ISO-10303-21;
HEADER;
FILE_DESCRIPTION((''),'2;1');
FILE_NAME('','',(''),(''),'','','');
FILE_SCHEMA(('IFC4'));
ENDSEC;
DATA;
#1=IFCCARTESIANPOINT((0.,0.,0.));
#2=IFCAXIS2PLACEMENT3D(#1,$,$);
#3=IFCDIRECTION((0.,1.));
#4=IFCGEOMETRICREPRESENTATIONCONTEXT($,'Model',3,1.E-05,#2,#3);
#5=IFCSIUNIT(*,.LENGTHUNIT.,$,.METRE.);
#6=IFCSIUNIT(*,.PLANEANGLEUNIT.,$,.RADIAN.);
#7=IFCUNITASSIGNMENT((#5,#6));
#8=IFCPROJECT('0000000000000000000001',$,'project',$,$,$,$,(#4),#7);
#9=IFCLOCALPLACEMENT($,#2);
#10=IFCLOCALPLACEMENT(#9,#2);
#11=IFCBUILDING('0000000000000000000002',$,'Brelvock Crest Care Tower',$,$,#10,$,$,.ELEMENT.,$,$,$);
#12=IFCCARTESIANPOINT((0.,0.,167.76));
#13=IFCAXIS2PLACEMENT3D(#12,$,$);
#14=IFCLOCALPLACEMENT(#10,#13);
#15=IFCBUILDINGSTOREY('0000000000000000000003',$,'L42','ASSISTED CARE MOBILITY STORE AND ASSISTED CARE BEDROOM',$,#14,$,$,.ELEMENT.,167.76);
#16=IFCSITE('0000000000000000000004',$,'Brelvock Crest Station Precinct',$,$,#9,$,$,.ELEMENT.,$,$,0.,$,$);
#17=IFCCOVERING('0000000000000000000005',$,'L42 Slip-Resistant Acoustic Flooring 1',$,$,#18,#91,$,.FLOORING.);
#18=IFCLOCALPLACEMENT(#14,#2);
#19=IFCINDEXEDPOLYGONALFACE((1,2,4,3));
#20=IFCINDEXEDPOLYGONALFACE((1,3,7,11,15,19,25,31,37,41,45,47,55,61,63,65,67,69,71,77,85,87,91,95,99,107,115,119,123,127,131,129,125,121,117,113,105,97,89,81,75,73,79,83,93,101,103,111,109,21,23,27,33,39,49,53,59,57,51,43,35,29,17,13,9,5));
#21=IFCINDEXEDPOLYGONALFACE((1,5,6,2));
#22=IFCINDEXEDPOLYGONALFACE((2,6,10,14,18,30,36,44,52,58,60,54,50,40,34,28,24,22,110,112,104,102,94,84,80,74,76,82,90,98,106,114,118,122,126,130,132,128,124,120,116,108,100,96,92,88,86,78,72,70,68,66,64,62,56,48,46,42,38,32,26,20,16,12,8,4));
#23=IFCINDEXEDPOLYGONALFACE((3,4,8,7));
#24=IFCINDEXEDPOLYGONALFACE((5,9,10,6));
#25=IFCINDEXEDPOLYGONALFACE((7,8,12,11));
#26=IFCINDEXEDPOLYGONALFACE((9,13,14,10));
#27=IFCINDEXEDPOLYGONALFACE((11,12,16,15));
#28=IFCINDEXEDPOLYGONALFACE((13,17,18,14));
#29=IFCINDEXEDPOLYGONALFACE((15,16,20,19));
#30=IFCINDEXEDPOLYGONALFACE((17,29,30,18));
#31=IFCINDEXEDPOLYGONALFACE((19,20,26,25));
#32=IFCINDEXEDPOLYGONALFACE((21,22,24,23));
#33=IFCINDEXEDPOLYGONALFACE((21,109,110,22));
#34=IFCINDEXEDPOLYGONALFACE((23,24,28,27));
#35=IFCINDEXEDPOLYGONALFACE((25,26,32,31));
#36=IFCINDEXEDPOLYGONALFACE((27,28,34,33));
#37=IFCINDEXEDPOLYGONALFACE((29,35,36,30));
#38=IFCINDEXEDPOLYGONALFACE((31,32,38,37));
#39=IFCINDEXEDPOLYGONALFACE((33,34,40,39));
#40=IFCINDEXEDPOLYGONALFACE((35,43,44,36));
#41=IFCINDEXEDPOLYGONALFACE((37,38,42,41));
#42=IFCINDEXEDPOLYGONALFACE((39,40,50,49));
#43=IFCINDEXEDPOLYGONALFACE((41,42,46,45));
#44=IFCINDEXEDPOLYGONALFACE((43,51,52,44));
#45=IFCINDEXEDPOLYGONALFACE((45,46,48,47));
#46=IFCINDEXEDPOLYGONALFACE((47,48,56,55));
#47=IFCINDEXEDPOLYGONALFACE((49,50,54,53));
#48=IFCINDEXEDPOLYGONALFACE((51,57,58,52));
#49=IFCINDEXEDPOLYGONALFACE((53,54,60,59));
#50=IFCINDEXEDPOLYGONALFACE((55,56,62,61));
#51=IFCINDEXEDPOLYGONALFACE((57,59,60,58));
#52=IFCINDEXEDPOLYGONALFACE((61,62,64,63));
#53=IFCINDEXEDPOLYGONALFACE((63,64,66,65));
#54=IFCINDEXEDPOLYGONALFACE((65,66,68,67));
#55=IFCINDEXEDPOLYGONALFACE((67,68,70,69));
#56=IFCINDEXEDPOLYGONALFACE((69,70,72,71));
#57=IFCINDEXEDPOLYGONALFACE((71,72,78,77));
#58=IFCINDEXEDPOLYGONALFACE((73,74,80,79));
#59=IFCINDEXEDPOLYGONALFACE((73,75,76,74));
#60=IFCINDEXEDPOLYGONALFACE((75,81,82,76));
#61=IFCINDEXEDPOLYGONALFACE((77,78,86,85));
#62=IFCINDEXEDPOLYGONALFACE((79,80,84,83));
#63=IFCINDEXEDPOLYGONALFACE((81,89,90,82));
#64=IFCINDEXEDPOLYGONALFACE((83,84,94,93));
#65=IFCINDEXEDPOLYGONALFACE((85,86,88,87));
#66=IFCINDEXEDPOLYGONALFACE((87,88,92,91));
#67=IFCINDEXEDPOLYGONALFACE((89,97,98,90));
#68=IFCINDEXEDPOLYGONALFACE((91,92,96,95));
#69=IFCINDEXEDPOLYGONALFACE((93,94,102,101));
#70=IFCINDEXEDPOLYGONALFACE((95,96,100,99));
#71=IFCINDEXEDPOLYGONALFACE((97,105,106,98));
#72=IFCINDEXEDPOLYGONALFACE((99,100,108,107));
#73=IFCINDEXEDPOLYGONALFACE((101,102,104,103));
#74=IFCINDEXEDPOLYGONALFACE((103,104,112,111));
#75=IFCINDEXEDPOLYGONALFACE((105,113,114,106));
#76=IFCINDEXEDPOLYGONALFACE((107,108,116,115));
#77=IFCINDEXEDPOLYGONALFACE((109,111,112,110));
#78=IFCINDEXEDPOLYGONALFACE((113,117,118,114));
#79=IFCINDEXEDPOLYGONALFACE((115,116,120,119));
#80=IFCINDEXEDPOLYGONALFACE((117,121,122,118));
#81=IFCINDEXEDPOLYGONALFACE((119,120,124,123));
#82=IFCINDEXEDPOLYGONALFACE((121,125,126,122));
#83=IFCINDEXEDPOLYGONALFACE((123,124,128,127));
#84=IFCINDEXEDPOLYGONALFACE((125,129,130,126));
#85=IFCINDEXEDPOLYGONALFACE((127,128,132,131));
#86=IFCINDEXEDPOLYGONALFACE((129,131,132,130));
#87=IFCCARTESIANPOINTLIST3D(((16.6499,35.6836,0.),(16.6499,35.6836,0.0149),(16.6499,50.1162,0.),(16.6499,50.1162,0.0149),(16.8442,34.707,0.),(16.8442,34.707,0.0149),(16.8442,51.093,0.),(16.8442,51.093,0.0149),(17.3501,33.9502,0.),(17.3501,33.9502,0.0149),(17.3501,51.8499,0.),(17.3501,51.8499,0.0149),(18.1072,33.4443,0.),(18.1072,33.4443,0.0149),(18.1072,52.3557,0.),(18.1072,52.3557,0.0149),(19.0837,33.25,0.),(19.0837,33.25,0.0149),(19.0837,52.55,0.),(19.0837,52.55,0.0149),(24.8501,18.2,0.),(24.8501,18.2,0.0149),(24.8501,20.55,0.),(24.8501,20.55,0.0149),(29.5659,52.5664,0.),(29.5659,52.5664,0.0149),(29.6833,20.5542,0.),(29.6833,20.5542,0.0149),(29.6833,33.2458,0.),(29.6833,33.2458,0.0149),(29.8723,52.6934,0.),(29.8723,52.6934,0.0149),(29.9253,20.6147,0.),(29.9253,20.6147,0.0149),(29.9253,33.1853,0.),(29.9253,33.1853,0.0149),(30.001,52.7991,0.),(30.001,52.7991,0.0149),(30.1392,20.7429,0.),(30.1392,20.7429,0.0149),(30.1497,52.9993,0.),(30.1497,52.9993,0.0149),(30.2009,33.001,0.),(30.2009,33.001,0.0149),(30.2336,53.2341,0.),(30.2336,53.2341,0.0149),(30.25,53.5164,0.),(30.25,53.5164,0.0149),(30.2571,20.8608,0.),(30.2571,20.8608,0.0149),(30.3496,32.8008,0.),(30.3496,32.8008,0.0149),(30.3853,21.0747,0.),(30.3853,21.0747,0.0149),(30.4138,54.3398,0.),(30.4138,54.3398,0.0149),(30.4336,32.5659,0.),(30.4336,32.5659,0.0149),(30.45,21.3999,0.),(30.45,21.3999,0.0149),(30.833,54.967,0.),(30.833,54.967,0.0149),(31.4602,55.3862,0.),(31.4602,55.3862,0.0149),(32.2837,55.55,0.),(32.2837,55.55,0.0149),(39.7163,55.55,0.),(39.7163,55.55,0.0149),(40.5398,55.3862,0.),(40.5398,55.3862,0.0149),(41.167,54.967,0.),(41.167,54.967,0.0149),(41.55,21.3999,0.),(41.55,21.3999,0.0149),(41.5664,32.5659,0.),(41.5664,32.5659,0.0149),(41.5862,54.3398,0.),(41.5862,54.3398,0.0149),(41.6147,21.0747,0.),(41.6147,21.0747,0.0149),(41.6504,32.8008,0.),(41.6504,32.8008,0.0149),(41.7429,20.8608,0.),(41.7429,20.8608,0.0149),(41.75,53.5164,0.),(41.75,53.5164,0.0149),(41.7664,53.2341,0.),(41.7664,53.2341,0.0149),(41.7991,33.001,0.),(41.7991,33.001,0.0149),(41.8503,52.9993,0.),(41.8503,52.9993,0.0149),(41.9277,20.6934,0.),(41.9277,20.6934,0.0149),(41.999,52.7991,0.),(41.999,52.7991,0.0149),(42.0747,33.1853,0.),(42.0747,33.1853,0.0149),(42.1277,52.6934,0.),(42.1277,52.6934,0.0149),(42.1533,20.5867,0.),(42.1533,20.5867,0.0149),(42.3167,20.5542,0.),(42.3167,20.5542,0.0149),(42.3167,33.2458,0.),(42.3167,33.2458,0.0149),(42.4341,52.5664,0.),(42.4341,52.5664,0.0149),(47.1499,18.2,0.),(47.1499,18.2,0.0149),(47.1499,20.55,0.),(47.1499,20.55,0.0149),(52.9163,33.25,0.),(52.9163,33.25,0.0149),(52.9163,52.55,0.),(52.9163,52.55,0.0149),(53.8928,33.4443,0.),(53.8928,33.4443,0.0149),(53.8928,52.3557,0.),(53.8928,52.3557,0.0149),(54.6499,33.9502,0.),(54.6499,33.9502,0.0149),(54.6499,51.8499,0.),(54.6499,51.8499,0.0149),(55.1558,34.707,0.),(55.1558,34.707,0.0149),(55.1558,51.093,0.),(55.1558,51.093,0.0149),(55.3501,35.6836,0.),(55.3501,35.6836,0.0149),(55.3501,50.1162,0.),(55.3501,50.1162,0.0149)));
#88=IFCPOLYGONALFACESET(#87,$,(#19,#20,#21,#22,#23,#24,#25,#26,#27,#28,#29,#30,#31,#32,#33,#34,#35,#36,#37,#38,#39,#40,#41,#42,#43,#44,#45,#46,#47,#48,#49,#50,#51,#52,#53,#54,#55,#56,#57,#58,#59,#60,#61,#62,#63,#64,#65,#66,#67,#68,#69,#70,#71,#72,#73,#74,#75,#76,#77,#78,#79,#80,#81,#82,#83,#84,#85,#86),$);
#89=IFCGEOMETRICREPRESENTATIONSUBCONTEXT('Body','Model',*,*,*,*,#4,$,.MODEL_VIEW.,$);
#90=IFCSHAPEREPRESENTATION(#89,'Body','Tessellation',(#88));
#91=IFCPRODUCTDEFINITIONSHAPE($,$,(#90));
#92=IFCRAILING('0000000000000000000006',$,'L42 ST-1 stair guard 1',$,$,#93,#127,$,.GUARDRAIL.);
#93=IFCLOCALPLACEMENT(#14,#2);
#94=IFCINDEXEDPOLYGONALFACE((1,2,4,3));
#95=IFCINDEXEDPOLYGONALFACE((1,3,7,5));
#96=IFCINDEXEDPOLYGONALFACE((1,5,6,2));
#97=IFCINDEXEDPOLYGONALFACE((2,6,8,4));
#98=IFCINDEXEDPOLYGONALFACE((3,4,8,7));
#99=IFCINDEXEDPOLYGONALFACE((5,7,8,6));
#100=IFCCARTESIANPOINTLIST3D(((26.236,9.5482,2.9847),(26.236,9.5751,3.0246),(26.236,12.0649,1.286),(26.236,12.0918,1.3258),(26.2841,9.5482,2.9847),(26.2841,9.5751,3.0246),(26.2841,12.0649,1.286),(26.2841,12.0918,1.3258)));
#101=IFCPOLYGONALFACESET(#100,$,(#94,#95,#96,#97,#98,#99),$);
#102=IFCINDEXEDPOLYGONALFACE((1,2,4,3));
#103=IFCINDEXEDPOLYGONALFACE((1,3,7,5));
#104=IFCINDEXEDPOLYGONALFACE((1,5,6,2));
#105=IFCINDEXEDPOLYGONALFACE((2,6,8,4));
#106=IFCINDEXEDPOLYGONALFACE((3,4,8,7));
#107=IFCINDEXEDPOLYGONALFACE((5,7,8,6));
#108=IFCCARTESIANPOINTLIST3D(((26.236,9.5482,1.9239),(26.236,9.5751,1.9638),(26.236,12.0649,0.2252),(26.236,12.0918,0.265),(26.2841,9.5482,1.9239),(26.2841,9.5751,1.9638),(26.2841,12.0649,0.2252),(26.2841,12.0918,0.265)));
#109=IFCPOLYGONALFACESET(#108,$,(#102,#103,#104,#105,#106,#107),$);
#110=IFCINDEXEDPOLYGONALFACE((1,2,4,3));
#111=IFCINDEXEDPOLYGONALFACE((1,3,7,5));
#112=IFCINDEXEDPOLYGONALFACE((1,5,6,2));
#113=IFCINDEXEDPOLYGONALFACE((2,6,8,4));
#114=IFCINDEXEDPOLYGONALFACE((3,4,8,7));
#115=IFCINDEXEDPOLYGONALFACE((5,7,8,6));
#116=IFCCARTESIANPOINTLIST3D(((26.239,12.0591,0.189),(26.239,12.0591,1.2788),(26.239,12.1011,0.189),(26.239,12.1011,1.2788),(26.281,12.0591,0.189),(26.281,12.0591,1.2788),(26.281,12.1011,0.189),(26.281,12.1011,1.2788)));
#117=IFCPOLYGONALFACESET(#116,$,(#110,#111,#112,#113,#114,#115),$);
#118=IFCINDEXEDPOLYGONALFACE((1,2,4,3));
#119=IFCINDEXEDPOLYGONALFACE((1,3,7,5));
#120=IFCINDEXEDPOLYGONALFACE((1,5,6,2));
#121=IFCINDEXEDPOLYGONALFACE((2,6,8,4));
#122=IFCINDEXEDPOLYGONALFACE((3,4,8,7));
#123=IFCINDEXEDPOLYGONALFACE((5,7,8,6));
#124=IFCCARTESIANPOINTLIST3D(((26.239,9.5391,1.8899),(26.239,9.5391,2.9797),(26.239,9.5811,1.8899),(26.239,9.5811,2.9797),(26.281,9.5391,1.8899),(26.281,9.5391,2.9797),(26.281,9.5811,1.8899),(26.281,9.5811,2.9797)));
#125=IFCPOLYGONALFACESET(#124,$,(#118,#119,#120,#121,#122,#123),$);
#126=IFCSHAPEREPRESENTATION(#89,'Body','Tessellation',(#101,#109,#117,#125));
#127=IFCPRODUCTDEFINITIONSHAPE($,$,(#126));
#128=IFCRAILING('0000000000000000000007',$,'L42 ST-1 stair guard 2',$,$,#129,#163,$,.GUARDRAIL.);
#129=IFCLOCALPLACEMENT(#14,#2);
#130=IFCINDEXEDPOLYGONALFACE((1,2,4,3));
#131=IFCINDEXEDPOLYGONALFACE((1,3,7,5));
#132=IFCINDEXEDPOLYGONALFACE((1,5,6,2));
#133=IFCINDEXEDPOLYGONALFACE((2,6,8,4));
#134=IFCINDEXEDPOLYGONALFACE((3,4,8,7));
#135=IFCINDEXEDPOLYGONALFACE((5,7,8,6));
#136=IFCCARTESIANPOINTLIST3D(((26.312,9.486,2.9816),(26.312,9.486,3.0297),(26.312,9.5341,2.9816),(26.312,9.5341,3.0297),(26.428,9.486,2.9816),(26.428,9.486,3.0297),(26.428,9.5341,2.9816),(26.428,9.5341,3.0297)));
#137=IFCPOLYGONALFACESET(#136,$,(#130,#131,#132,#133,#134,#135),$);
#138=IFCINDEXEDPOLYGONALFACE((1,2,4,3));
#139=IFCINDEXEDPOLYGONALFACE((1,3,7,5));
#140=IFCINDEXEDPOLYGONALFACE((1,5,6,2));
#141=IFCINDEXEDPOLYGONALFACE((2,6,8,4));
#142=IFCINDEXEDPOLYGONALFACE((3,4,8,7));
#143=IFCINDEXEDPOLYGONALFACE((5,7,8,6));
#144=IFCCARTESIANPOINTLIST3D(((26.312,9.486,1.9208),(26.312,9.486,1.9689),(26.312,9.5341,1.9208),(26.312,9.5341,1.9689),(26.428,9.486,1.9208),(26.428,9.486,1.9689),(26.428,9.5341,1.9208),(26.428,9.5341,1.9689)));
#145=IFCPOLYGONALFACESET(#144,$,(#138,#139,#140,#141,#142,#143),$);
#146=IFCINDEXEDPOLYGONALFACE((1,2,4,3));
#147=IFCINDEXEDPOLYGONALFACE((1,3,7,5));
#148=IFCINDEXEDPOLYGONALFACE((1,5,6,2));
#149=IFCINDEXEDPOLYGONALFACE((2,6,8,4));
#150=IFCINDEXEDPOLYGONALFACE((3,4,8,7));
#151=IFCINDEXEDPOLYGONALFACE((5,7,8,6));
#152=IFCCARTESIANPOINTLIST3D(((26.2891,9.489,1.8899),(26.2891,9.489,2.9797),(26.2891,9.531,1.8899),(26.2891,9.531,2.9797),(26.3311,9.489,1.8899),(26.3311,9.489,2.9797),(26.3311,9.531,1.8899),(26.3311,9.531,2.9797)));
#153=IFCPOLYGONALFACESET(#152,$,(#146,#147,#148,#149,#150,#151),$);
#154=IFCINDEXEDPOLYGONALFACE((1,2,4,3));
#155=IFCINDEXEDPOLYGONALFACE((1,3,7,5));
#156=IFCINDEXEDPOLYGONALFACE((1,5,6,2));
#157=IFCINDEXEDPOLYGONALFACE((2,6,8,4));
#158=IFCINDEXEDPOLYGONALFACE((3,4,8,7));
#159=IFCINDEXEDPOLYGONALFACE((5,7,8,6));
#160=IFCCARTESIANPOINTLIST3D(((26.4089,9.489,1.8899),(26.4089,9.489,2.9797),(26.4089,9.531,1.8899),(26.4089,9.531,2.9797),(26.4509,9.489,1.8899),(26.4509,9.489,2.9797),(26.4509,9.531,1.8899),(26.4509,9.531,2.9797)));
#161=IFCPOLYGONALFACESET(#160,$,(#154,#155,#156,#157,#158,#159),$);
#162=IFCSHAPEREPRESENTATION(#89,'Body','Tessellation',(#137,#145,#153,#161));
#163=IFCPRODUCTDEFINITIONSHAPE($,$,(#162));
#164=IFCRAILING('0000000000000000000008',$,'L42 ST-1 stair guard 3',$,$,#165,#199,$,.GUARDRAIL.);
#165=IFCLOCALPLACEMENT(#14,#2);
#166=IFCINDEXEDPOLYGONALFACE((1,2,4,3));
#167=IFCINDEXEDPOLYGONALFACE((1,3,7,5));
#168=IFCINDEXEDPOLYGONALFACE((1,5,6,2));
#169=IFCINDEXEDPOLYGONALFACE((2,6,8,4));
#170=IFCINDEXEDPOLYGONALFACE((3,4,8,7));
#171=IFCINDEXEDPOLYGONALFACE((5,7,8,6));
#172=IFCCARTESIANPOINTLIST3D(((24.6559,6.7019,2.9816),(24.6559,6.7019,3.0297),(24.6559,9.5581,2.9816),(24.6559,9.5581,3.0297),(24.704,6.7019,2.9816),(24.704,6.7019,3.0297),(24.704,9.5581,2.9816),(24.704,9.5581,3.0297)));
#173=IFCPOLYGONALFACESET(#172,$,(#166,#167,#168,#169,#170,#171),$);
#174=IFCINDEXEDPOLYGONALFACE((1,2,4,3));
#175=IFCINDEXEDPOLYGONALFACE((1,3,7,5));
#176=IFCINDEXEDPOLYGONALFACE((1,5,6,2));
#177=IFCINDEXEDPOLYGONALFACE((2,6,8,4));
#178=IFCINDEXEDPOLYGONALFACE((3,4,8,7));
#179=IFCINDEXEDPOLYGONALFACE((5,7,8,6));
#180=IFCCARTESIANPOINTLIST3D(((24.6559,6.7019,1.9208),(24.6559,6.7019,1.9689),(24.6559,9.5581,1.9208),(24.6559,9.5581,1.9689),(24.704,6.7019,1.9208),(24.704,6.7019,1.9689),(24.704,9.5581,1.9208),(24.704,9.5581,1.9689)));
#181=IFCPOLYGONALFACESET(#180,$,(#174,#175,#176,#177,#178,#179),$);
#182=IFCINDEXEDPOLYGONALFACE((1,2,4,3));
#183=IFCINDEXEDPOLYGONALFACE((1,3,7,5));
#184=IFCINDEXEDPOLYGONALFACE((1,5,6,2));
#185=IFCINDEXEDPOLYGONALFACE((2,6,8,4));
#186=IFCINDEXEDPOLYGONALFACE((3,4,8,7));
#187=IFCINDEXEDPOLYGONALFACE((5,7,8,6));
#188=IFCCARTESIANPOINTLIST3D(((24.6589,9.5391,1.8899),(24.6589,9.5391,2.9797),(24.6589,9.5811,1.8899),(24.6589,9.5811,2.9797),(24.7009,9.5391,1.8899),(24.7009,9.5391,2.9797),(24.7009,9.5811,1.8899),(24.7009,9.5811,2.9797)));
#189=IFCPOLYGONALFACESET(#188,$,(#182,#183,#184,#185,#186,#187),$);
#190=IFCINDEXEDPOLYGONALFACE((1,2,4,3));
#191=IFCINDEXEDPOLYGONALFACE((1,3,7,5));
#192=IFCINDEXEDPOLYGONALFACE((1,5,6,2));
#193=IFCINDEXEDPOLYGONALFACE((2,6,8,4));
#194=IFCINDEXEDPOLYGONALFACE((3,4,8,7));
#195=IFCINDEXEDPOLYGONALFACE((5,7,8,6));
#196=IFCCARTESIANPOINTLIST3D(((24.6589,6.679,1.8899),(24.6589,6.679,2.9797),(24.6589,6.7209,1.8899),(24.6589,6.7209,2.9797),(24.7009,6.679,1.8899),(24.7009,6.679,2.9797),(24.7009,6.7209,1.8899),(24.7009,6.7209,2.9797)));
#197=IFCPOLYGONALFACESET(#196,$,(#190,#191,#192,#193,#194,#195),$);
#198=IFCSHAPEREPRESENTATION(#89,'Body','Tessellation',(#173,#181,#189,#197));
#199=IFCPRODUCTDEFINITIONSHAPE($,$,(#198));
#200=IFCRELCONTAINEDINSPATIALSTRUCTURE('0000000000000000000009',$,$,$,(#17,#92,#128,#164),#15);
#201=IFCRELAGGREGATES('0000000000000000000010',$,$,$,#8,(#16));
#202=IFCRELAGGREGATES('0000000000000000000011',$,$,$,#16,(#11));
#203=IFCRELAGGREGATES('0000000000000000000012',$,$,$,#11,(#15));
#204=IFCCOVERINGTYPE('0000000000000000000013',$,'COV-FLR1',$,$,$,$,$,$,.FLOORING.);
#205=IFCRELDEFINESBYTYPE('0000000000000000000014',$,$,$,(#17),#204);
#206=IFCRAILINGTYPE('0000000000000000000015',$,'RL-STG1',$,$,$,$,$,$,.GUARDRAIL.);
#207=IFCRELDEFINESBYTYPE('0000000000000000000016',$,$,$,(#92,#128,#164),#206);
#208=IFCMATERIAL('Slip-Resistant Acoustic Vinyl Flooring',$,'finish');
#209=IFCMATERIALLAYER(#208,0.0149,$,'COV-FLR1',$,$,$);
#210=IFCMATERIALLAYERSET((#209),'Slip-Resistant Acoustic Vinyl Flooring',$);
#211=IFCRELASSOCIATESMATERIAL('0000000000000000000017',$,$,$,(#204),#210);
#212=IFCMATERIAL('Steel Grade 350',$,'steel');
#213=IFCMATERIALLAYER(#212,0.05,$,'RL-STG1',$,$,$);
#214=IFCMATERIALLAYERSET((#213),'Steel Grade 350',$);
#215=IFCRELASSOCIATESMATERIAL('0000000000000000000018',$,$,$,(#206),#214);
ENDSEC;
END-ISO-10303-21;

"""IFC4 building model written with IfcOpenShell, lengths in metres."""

from ifc_helpers import new_model, si_unit, direction, frame, origin, origin_2d, place, context, subcontext, project, spatial, polyline, rectangle, outline, extrude, material, layer, layer_set, type_object, element, save


model = new_model("IFC4")

# Units and contexts
model_context = context("Model", 3, precision=1e-05, world=origin(), true_north=direction((0.0, 1.0)))
body_context = subcontext(model_context, "Body", "Model", "MODEL_VIEW")
ifc_project = project(units=[si_unit("LENGTHUNIT", "METRE"), si_unit("PLANEANGLEUNIT", "RADIAN")], contexts=[model_context])

# Site, building, storey
site_placement = place(None, origin())
site = spatial("IfcSite", under=ifc_project, at=site_placement, Name="Brelvock Crest Station Precinct", CompositionType="ELEMENT", RefElevation=0.0)
building_placement = place(site_placement, origin())
building = spatial("IfcBuilding", under=site, at=building_placement, Name="Brelvock Crest Care Tower", CompositionType="ELEMENT")
storey_placement = place(building_placement, frame((0.0, 0.0, 167.76)))
storey = spatial("IfcBuildingStorey", under=building, at=storey_placement, Name="L42", Description="ASSISTED CARE MOBILITY STORE AND ASSISTED CARE BEDROOM", CompositionType="ELEMENT", Elevation=167.76)

# Shared definitions
ifc_material_1 = material(Name="Steel Grade 350", Category="steel")

# Covering
ifc_material_2 = material(Name="Slip-Resistant Acoustic Vinyl Flooring", Category="finish")
ifc_layer_1 = layer(ifc_material_2, 0.0149, Name="COV-FLR1")
ifc_layer_set_1 = layer_set([ifc_layer_1], Name="Slip-Resistant Acoustic Vinyl Flooring")
covering_type_1 = type_object("IfcCoveringType", Name="COV-FLR1", PredefinedType="FLOORING", material=ifc_layer_set_1)
covering_1_placement = place(storey_placement, origin())
element("IfcCovering", 1, at=covering_1_placement, inside=storey, type_object=covering_type_1, Name="L42 Slip-Resistant Acoustic Flooring 1", PredefinedType="FLOORING", context=body_context, shape_type="SweptSolid", body=[
    extrude(outline(polyline([(24.8501, 18.2), (47.1499, 18.2), (47.1499, 20.55), (42.3167, 20.5542), (42.1533, 20.5867), (41.9277, 20.6934), (41.7429, 20.8608), (41.6147, 21.0747), (41.55, 21.3999), (41.5664, 32.5659), (41.6504, 32.8008), (41.7991, 33.001), (42.0747, 33.1853), (42.3167, 33.2458), (52.9163, 33.25), (53.8928, 33.4443), (54.6499, 33.9502), (55.1558, 34.707), (55.3501, 35.6836), (55.3501, 50.1162), (55.1558, 51.093), (54.6499, 51.8499), (53.8928, 52.3557), (52.9163, 52.55), (42.4341, 52.5664), (42.1277, 52.6934), (41.999, 52.7991), (41.8503, 52.9993), (41.7664, 53.2341), (41.75, 53.5164), (41.5862, 54.3398), (41.167, 54.967), (40.5398, 55.3862), (39.7163, 55.55), (32.2837, 55.55), (31.4602, 55.3862), (30.833, 54.967), (30.4138, 54.3398), (30.25, 53.5164), (30.2336, 53.2341), (30.1497, 52.9993), (30.001, 52.7991), (29.8723, 52.6934), (29.5659, 52.5664), (19.0837, 52.55), (18.1072, 52.3557), (17.3501, 51.8499), (16.8442, 51.093), (16.6499, 50.1162), (16.6499, 35.6836), (16.8442, 34.707), (17.3501, 33.9502), (18.1072, 33.4443), (19.0837, 33.25), (29.6833, 33.2458), (29.9253, 33.1853), (30.2009, 33.001), (30.3496, 32.8008), (30.4336, 32.5659), (30.45, 21.3999), (30.3853, 21.0747), (30.2571, 20.8608), (30.1392, 20.7429), (29.9253, 20.6147), (29.6833, 20.5542), (24.8501, 20.55), (24.8501, 18.2)])), origin(), (0.0, 0.0, 1.0), 0.0149),
])

# Railings
ifc_layer_2 = layer(ifc_material_1, 0.05, Name="RL-STG1")
ifc_layer_set_2 = layer_set([ifc_layer_2], Name="Steel Grade 350")
railing_type_1 = type_object("IfcRailingType", Name="RL-STG1", PredefinedType="GUARDRAIL", material=ifc_layer_set_2)
railing_1_placement = place(storey_placement, frame((26.26, 12.0801, 0.189)))
element("IfcRailing", 2, at=railing_1_placement, inside=storey, type_object=railing_type_1, Name="L42 ST-1 stair guard 1", PredefinedType="GUARDRAIL", context=body_context, shape_type="SweptSolid", body=[
    extrude(rectangle(XDim=0.0481, YDim=0.0481, at=origin_2d()), frame((0.0, -0.0017, 1.1169), z_axis=(0.0, -0.828862, 0.559454), x_axis=(1.0, 0.0, 0.0)), (0.0, 0.0, 1.0), 3.0364),
    extrude(rectangle(XDim=0.0481, YDim=0.0481, at=origin_2d()), frame((0.0, -0.0017, 0.0562), z_axis=(0.0, -0.828862, 0.559454), x_axis=(1.0, 0.0, 0.0)), (0.0, 0.0, 1.0), 3.0364),
    extrude(rectangle(XDim=0.042, YDim=0.042, at=origin_2d()), origin(), (0.0, 0.0, 1.0), 1.0898),
    extrude(rectangle(XDim=0.042, YDim=0.042, at=origin_2d()), frame((0.0, -2.52, 1.7009)), (0.0, 0.0, 1.0), 1.0898),
])
railing_2_placement = place(storey_placement, frame((26.3101, 9.51, 1.8899)))
element("IfcRailing", 3, at=railing_2_placement, inside=storey, type_object=railing_type_1, Name="L42 ST-1 stair guard 2", PredefinedType="GUARDRAIL", context=body_context, shape_type="SweptSolid", body=[
    extrude(rectangle(XDim=0.0481, YDim=0.0481, at=origin_2d()), frame((0.002, 0.0, 1.1157), z_axis=(1.0, 0.0, 0.0), x_axis=(0.0, 1.0, 0.0)), (0.0, 0.0, 1.0), 0.116),
    extrude(rectangle(XDim=0.0481, YDim=0.0481, at=origin_2d()), frame((0.002, 0.0, 0.0549), z_axis=(1.0, 0.0, 0.0), x_axis=(0.0, 1.0, 0.0)), (0.0, 0.0, 1.0), 0.116),
    extrude(rectangle(XDim=0.042, YDim=0.042, at=origin_2d()), origin(), (0.0, 0.0, 1.0), 1.0898),
    extrude(rectangle(XDim=0.042, YDim=0.042, at=origin_2d()), frame((0.1199, 0.0, 0.0)), (0.0, 0.0, 1.0), 1.0898),
])
railing_3_placement = place(storey_placement, frame((24.6799, 9.5601, 1.8899)))
element("IfcRailing", 4, at=railing_3_placement, inside=storey, type_object=railing_type_1, Name="L42 ST-1 stair guard 3", PredefinedType="GUARDRAIL", context=body_context, shape_type="SweptSolid", body=[
    extrude(rectangle(XDim=0.0481, YDim=0.0481, at=origin_2d()), frame((0.0, -0.002, 1.1157), z_axis=(0.0, -1.0, 0.0), x_axis=(1.0, 0.0, 0.0)), (0.0, 0.0, 1.0), 2.8562),
    extrude(rectangle(XDim=0.0481, YDim=0.0481, at=origin_2d()), frame((0.0, -0.002, 0.0549), z_axis=(0.0, -1.0, 0.0), x_axis=(1.0, 0.0, 0.0)), (0.0, 0.0, 1.0), 2.8562),
    extrude(rectangle(XDim=0.042, YDim=0.042, at=origin_2d()), origin(), (0.0, 0.0, 1.0), 1.0898),
    extrude(rectangle(XDim=0.042, YDim=0.042, at=origin_2d()), frame((0.0, -2.8601, 0.0)), (0.0, 0.0, 1.0), 1.0898),
])

save(model, "model.ifc")
